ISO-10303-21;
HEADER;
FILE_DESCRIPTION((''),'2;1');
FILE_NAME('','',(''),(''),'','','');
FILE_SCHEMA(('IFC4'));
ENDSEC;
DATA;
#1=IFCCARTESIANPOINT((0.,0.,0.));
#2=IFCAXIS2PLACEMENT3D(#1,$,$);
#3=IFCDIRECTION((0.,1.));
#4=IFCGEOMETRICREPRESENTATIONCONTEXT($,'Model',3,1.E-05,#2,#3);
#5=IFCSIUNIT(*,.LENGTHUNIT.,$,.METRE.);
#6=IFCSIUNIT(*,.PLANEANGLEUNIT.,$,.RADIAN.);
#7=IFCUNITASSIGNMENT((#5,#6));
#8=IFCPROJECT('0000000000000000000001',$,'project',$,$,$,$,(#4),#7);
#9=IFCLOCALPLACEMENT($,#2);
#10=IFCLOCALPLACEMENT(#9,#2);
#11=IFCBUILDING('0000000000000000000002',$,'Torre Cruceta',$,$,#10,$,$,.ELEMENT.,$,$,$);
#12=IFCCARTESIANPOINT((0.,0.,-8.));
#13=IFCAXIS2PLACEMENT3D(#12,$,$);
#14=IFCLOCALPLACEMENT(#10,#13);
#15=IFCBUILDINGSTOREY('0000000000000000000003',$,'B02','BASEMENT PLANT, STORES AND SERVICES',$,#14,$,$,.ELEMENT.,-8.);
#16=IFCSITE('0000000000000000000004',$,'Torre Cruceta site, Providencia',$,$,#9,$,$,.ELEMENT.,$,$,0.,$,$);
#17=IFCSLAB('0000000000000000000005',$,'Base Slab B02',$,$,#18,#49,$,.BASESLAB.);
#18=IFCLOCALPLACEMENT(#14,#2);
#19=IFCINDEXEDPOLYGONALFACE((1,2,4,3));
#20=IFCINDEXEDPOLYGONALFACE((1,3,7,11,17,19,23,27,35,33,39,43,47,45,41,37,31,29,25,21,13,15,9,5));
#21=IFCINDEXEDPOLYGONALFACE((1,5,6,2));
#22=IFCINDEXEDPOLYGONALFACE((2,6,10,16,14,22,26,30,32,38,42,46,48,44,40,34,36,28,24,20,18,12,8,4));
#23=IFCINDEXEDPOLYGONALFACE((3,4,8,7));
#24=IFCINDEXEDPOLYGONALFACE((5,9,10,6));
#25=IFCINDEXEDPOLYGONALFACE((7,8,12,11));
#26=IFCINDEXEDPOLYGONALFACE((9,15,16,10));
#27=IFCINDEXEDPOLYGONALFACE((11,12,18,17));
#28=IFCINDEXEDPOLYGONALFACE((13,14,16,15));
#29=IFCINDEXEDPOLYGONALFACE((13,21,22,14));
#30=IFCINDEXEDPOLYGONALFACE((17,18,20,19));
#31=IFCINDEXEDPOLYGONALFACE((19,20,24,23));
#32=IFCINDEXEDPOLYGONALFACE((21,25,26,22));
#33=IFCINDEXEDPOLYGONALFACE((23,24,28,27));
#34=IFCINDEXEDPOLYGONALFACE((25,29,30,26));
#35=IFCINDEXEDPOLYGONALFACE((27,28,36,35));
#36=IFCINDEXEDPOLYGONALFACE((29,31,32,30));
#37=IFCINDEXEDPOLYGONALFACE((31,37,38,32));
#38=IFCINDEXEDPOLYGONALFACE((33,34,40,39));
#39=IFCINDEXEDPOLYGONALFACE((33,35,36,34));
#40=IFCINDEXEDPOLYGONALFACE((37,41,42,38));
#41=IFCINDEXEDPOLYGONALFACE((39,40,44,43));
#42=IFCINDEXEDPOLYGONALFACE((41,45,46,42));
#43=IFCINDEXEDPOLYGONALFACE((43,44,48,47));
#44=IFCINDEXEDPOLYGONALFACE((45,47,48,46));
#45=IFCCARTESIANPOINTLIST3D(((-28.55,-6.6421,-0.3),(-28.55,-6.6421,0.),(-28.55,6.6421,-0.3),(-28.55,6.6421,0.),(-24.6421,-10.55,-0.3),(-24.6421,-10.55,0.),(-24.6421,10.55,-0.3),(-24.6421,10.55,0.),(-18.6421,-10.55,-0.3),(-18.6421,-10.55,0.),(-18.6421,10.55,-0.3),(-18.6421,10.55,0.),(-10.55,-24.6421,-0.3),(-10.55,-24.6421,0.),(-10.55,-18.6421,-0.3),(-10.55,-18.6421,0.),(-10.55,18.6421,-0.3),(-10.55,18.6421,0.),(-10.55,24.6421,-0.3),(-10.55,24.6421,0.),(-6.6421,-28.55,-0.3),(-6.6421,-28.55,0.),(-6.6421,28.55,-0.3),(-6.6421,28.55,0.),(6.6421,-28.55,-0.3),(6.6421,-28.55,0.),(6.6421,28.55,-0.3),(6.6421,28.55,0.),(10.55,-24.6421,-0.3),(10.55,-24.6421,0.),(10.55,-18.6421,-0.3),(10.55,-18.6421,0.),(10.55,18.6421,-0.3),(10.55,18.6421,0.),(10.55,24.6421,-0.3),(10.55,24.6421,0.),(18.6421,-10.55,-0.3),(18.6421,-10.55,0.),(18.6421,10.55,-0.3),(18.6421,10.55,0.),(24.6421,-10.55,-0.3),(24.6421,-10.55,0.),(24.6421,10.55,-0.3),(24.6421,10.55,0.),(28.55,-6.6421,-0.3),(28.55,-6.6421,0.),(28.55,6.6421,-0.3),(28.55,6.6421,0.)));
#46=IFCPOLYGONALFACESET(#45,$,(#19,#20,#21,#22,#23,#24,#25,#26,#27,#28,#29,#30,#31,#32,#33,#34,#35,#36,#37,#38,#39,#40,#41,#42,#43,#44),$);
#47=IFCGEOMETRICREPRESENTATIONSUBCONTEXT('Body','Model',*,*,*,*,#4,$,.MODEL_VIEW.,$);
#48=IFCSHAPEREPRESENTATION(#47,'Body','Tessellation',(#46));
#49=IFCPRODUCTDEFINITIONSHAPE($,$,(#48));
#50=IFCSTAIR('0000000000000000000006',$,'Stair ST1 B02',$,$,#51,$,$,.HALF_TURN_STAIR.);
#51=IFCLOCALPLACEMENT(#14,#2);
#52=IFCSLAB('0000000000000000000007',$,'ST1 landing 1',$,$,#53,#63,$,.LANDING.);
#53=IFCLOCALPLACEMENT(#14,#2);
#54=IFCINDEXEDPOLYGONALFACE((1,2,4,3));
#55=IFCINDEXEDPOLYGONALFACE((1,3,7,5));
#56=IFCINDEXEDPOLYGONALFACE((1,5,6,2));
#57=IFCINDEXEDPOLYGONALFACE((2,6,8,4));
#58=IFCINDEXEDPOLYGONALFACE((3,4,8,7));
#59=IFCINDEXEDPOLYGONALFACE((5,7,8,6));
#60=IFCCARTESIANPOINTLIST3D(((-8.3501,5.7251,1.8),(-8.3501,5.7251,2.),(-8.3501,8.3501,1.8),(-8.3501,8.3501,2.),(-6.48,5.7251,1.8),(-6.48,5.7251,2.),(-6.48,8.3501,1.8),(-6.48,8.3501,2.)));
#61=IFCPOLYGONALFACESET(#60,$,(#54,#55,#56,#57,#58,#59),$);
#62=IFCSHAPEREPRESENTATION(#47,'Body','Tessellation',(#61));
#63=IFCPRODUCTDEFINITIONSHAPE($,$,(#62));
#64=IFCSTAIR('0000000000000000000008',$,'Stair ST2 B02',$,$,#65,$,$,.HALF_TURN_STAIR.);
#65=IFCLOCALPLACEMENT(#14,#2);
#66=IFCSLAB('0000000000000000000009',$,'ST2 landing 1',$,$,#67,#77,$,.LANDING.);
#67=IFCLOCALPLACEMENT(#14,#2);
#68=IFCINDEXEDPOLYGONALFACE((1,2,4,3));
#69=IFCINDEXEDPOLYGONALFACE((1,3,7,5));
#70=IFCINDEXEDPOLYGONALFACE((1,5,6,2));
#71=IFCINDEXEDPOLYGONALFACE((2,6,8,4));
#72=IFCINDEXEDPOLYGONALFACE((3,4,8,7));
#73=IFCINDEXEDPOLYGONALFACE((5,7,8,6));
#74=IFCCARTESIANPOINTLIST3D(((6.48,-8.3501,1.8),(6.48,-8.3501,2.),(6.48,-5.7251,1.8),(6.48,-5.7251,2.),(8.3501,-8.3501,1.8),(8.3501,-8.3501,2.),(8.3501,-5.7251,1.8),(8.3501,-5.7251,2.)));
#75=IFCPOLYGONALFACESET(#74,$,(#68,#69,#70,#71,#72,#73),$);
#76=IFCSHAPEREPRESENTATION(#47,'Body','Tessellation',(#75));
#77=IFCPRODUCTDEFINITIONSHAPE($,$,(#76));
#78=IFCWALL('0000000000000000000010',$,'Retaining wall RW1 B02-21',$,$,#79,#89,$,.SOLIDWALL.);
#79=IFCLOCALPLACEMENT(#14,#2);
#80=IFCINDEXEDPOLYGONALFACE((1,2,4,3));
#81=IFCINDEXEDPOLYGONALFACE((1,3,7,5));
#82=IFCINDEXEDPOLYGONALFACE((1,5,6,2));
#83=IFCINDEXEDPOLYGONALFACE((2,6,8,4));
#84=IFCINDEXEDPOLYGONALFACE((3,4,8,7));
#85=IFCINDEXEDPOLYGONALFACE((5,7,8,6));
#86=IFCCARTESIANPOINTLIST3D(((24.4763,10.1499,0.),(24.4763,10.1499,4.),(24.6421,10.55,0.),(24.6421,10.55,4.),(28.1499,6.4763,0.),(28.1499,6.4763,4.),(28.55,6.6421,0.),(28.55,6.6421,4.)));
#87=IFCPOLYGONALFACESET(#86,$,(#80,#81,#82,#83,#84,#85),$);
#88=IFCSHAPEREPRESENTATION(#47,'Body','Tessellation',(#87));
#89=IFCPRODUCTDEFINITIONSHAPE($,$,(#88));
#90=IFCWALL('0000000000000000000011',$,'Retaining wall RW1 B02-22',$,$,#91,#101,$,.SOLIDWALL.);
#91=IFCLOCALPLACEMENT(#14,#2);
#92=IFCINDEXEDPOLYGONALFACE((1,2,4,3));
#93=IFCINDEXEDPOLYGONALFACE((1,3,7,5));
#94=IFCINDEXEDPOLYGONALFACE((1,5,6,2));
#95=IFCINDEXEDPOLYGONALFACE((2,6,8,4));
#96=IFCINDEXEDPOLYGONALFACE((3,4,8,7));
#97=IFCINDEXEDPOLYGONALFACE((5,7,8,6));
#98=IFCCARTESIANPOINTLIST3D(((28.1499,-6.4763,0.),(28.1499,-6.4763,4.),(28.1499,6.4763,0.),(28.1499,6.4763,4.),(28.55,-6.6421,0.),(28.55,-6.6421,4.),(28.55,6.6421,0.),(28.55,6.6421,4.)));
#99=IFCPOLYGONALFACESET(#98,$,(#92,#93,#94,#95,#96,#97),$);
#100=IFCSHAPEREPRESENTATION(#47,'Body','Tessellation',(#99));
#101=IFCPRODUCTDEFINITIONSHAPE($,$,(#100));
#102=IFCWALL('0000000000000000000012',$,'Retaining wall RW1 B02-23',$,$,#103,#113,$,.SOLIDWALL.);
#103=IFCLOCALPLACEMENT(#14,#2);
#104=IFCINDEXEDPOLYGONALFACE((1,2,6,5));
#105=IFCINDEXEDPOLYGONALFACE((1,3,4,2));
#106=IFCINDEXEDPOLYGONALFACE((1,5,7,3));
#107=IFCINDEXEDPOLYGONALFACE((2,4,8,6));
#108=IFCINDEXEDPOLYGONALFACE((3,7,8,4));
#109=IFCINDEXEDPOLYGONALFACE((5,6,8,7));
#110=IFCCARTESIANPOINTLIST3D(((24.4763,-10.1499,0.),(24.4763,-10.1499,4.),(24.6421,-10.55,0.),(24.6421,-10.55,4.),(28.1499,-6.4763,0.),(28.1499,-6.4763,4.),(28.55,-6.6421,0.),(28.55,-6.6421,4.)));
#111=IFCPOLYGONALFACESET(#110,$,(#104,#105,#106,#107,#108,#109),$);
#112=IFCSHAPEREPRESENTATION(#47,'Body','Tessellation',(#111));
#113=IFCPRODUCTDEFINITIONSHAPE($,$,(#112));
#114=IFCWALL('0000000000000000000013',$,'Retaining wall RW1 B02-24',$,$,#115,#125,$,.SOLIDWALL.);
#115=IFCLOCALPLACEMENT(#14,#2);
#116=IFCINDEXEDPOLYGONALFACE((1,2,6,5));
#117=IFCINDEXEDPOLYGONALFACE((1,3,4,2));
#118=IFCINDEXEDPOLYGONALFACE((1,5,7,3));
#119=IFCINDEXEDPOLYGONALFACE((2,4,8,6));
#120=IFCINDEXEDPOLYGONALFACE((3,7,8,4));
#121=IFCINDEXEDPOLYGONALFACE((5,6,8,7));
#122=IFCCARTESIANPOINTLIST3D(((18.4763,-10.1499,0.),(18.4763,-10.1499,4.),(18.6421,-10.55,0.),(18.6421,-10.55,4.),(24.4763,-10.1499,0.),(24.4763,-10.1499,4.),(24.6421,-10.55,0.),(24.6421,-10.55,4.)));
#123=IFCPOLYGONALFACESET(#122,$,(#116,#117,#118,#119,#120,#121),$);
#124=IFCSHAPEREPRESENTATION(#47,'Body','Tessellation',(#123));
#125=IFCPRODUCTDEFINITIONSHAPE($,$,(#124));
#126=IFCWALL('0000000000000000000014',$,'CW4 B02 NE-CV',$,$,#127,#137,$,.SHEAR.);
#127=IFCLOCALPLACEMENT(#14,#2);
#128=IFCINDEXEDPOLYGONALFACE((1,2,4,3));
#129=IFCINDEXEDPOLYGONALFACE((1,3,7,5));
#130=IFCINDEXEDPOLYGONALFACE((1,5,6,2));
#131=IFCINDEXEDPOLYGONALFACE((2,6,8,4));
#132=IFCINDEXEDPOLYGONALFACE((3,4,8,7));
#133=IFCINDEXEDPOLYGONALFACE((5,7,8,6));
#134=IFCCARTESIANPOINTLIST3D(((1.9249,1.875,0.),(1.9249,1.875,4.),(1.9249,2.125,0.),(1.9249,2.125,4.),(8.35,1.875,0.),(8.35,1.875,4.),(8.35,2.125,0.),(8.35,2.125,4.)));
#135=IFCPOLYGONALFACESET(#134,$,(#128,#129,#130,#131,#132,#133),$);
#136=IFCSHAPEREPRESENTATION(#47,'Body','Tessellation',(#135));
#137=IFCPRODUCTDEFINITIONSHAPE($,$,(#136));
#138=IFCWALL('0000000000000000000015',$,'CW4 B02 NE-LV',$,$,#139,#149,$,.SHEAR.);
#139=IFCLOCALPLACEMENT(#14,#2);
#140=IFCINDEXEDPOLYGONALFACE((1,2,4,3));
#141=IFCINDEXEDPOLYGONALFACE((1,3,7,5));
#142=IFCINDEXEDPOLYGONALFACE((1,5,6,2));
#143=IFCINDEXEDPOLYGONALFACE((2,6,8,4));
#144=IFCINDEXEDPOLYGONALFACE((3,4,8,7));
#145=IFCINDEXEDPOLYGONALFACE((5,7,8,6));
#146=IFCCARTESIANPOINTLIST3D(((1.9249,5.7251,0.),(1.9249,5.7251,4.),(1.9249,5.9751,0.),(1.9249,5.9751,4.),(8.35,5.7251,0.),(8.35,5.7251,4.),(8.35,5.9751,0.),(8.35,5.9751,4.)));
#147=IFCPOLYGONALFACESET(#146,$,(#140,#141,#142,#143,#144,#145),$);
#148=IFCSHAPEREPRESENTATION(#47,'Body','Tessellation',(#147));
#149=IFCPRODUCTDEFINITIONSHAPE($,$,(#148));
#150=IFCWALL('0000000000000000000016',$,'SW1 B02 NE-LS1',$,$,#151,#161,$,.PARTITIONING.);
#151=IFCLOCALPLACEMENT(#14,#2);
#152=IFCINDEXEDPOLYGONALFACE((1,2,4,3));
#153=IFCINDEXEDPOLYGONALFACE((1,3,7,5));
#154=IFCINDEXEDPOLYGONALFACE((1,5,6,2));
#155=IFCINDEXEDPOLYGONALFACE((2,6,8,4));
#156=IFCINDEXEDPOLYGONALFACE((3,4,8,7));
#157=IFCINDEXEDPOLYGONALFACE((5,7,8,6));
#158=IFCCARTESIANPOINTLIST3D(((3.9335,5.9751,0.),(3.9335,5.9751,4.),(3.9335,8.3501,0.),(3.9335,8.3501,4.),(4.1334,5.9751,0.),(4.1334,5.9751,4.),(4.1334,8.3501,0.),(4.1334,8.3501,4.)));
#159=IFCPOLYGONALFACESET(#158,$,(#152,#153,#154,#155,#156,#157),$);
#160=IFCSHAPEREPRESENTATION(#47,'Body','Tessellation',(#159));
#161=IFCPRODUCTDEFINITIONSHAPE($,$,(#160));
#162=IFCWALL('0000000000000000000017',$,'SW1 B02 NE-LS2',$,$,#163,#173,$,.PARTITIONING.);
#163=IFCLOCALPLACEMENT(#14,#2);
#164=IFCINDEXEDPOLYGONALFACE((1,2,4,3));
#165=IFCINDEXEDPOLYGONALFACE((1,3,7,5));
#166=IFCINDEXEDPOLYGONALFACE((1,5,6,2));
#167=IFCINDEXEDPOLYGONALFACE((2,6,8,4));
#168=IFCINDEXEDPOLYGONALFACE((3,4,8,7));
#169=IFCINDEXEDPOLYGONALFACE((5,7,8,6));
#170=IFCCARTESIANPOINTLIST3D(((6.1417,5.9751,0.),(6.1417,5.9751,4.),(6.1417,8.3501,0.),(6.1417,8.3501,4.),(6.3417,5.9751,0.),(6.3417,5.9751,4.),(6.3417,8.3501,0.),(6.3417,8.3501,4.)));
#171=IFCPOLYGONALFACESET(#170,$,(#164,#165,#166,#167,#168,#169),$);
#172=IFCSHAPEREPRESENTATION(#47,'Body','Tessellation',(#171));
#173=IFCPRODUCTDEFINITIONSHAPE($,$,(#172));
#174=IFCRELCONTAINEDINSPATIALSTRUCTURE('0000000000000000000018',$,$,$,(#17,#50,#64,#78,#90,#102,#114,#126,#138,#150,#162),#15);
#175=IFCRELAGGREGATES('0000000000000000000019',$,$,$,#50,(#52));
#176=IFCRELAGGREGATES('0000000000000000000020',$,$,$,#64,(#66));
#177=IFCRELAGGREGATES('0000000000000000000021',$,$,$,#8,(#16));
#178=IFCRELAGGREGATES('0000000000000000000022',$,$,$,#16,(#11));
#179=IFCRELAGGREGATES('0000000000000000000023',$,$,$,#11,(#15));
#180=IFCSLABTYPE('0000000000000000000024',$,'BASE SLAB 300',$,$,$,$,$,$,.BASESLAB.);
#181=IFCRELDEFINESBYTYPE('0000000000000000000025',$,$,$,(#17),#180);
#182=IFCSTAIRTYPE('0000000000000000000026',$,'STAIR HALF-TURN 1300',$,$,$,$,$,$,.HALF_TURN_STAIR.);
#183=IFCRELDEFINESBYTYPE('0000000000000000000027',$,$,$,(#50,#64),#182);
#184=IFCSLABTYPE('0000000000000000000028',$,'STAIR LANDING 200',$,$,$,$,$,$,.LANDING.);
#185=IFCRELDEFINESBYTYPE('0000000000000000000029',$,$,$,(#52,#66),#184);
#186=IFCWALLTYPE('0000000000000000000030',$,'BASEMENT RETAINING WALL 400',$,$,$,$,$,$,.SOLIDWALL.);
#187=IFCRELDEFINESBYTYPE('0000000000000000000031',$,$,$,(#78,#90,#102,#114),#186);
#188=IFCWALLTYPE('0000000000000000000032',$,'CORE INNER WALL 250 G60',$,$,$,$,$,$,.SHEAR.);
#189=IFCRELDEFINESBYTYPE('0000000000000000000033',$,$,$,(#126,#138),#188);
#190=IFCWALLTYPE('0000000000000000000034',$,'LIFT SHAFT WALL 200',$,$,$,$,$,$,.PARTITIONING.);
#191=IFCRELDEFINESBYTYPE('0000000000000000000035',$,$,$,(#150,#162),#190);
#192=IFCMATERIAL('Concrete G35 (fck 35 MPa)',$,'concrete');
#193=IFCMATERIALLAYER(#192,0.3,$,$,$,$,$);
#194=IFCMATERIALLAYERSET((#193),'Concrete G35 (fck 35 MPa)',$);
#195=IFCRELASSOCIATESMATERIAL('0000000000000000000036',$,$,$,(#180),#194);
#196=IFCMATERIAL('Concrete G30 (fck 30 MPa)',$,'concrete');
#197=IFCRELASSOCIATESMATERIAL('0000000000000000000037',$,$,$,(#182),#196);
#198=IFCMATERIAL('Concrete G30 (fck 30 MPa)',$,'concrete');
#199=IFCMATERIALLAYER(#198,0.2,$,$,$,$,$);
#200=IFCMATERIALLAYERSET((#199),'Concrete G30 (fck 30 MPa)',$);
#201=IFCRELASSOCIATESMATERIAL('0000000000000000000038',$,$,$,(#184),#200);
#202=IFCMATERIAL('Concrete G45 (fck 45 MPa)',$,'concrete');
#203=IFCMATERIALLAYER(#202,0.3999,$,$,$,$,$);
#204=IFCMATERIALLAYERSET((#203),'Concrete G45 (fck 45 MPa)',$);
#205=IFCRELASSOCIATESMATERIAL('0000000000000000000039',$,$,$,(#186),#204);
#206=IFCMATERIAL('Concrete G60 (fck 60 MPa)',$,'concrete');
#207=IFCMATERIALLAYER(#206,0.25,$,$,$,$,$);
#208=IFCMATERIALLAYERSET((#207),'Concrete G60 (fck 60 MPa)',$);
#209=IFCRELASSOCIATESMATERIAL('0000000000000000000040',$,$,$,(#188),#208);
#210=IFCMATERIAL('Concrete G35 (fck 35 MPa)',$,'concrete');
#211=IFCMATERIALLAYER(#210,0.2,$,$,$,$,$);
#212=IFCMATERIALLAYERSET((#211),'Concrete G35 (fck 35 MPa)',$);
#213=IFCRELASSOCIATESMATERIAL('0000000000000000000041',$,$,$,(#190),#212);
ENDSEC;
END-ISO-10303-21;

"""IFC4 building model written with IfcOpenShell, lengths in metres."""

from ifc_helpers import new_model, si_unit, direction, frame, frame_2d, origin, place, context, subcontext, project, spatial, polyline, rectangle, outline, extrude, material, layer, layer_set, type_object, element, aggregate, save


model = new_model("IFC4")

# Units and contexts
model_context = context("Model", 3, precision=1e-05, world=origin(), true_north=direction((0.0, 1.0)))
body_context = subcontext(model_context, "Body", "Model", "MODEL_VIEW")
ifc_project = project(units=[si_unit("LENGTHUNIT", "METRE"), si_unit("PLANEANGLEUNIT", "RADIAN")], contexts=[model_context])

# Site, building, storey
site_placement = place(None, origin())
site = spatial("IfcSite", under=ifc_project, at=site_placement, Name="Torre Cruceta site, Providencia", CompositionType="ELEMENT", RefElevation=0.0)
building_placement = place(site_placement, origin())
building = spatial("IfcBuilding", under=site, at=building_placement, Name="Torre Cruceta", CompositionType="ELEMENT")
storey_placement = place(building_placement, frame((0.0, 0.0, -8.0)))
storey = spatial("IfcBuildingStorey", under=building, at=storey_placement, Name="B02", Description="BASEMENT PLANT, STORES AND SERVICES", CompositionType="ELEMENT", Elevation=-8.0)

# Slab
ifc_material_1 = material(Name="Concrete G35 (fck 35 MPa)", Category="concrete")
ifc_layer_1 = layer(ifc_material_1, 0.3)
ifc_layer_set_1 = layer_set([ifc_layer_1], Name="Concrete G35 (fck 35 MPa)")
slab_type_1 = type_object("IfcSlabType", Name="BASE SLAB 300", PredefinedType="BASESLAB", material=ifc_layer_set_1)
slab_1_placement = place(storey_placement, frame((0.0, 0.0, -0.3)))
element("IfcSlab", 1, at=slab_1_placement, inside=storey, type_object=slab_type_1, Name="Base Slab B02", PredefinedType="BASESLAB", context=body_context, shape_type="SweptSolid", body=[
    extrude(outline(polyline([(18.6421, -10.55), (10.55, -18.6421), (10.55, -24.6421), (6.6421, -28.55), (-6.6421, -28.55), (-10.55, -24.6421), (-10.55, -18.6421), (-18.6421, -10.55), (-24.6421, -10.55), (-28.55, -6.6421), (-28.55, 6.6421), (-24.6421, 10.55), (-18.6421, 10.55), (-10.55, 18.6421), (-10.55, 24.6421), (-6.6421, 28.55), (6.6421, 28.55), (10.55, 24.6421), (10.55, 18.6421), (18.6421, 10.55), (24.6421, 10.55), (28.55, 6.6421), (28.55, -6.6421), (24.6421, -10.55), (18.6421, -10.55)])), origin(), (0.0, 0.0, 1.0), 0.3),
])

# Stairs, slabs
ifc_material_2 = material(Name="Concrete G30 (fck 30 MPa)", Category="concrete")
stair_type = type_object("IfcStairType", Name="STAIR HALF-TURN 1300", PredefinedType="HALF_TURN_STAIR", material=ifc_material_2)
stair_1_placement = place(storey_placement, origin())
stair_1 = element("IfcStair", 2, at=stair_1_placement, inside=storey, type_object=stair_type, Name="Stair ST1 B02", PredefinedType="HALF_TURN_STAIR")
ifc_material_3 = material(Name="Concrete G30 (fck 30 MPa)", Category="concrete")
ifc_layer_2 = layer(ifc_material_3, 0.2)
ifc_layer_set_2 = layer_set([ifc_layer_2], Name="Concrete G30 (fck 30 MPa)")
slab_type_2 = type_object("IfcSlabType", Name="STAIR LANDING 200", PredefinedType="LANDING", material=ifc_layer_set_2)
slab_2_placement = place(storey_placement, frame((0.0, 0.0, 1.8)))
slab_2 = element("IfcSlab", 3, at=slab_2_placement, type_object=slab_type_2, Name="ST1 landing 1", PredefinedType="LANDING", context=body_context, shape_type="SweptSolid", body=[
    extrude(outline(polyline([(-8.3501, 5.7251), (-6.48, 5.7251), (-6.48, 8.3501), (-8.3501, 8.3501), (-8.3501, 5.7251)])), origin(), (0.0, 0.0, 1.0), 0.2),
])
aggregate(stair_1, [slab_2])
stair_2_placement = place(storey_placement, origin())
stair_2 = element("IfcStair", 4, at=stair_2_placement, inside=storey, type_object=stair_type, Name="Stair ST2 B02", PredefinedType="HALF_TURN_STAIR")
slab_3_placement = place(storey_placement, frame((0.0, 0.0, 1.8)))
slab_3 = element("IfcSlab", 5, at=slab_3_placement, type_object=slab_type_2, Name="ST2 landing 1", PredefinedType="LANDING", context=body_context, shape_type="SweptSolid", body=[
    extrude(outline(polyline([(6.48, -8.3501), (8.3501, -8.3501), (8.3501, -5.7251), (6.48, -5.7251), (6.48, -8.3501)])), origin(), (0.0, 0.0, 1.0), 0.2),
])
aggregate(stair_2, [slab_3])

# Walls
ifc_material_4 = material(Name="Concrete G45 (fck 45 MPa)", Category="concrete")
ifc_layer_3 = layer(ifc_material_4, 0.3999)
ifc_layer_set_3 = layer_set([ifc_layer_3], Name="Concrete G45 (fck 45 MPa)")
wall_type_1 = type_object("IfcWallType", Name="BASEMENT RETAINING WALL 400", PredefinedType="SOLIDWALL", material=ifc_layer_set_3)
wall_1_placement = place(storey_placement, origin())
element("IfcWall", 6, at=wall_1_placement, inside=storey, type_object=wall_type_1, Name="Retaining wall RW1 B02-21", PredefinedType="SOLIDWALL", context=body_context, shape_type="SweptSolid", body=[
    extrude(outline(polyline([(24.4763, 10.1499), (24.6421, 10.55), (28.55, 6.6421), (28.1499, 6.4763), (24.4763, 10.1499)])), origin(), (0.0, 0.0, 1.0), 4.0),
])
wall_2_placement = place(storey_placement, origin())
element("IfcWall", 7, at=wall_2_placement, inside=storey, type_object=wall_type_1, Name="Retaining wall RW1 B02-22", PredefinedType="SOLIDWALL", context=body_context, shape_type="SweptSolid", body=[
    extrude(outline(polyline([(28.1499, 6.4763), (28.55, 6.6421), (28.55, -6.6421), (28.1499, -6.4763), (28.1499, 6.4763)])), origin(), (0.0, 0.0, 1.0), 4.0),
])
wall_3_placement = place(storey_placement, origin())
element("IfcWall", 8, at=wall_3_placement, inside=storey, type_object=wall_type_1, Name="Retaining wall RW1 B02-23", PredefinedType="SOLIDWALL", context=body_context, shape_type="SweptSolid", body=[
    extrude(outline(polyline([(28.1499, -6.4763), (28.55, -6.6421), (24.6421, -10.55), (24.4763, -10.1499), (28.1499, -6.4763)])), origin(), (0.0, 0.0, 1.0), 4.0),
])
wall_4_placement = place(storey_placement, origin())
element("IfcWall", 9, at=wall_4_placement, inside=storey, type_object=wall_type_1, Name="Retaining wall RW1 B02-24", PredefinedType="SOLIDWALL", context=body_context, shape_type="SweptSolid", body=[
    extrude(outline(polyline([(24.4763, -10.1499), (24.6421, -10.55), (18.6421, -10.55), (18.4763, -10.1499), (24.4763, -10.1499)])), origin(), (0.0, 0.0, 1.0), 4.0),
])

# Shared definitions
ifc_material_5 = material(Name="Concrete G60 (fck 60 MPa)", Category="concrete")
ifc_layer_4 = layer(ifc_material_5, 0.25)
ifc_layer_set_4 = layer_set([ifc_layer_4], Name="Concrete G60 (fck 60 MPa)")
wall_type_2 = type_object("IfcWallType", Name="CORE INNER WALL 250 G60", PredefinedType="SHEAR", material=ifc_layer_set_4)

# Walls
for number, where, z_axis, x_axis, name in (
    (10, (1.925, 2.0, 0.0), (0.0, 0.0, 1.0), (1.0, 0.0, 0.0), "CW4 B02 NE-CV"),
    (11, (1.925, 5.8501, 0.0), (0.0, 0.0, 1.0), (1.0, 0.0, 0.0), "CW4 B02 NE-LV"),
):
    element("IfcWall", number, at=place(storey_placement, frame(where, z_axis=z_axis, x_axis=x_axis)), inside=storey, type_object=wall_type_2, Name=name, PredefinedType="SHEAR", context=body_context, shape_type="SweptSolid", body=[
        extrude(rectangle(XDim=6.425, YDim=0.25, at=frame_2d((3.2124, 0.0))), origin(), (0.0, 0.0, 1.0), 4.0),
    ])

# Walls
ifc_material_6 = material(Name="Concrete G35 (fck 35 MPa)", Category="concrete")
ifc_layer_5 = layer(ifc_material_6, 0.2)
ifc_layer_set_5 = layer_set([ifc_layer_5], Name="Concrete G35 (fck 35 MPa)")
wall_type_3 = type_object("IfcWallType", Name="LIFT SHAFT WALL 200", PredefinedType="PARTITIONING", material=ifc_layer_set_5)
for number, where, z_axis, x_axis, name in (
    (12, (4.0334, 5.9751, 0.0), (0.0, 0.0, 1.0), (0.0, 1.0, 0.0), "SW1 B02 NE-LS1"),
    (13, (6.2417, 5.9751, 0.0), (0.0, 0.0, 1.0), (0.0, 1.0, 0.0), "SW1 B02 NE-LS2"),
):
    element("IfcWall", number, at=place(storey_placement, frame(where, z_axis=z_axis, x_axis=x_axis)), inside=storey, type_object=wall_type_3, Name=name, PredefinedType="PARTITIONING", context=body_context, shape_type="SweptSolid", body=[
        extrude(rectangle(XDim=2.375, YDim=0.2, at=frame_2d((1.1875, 0.0))), origin(), (0.0, 0.0, 1.0), 4.0),
    ])

save(model, "model.ifc")
